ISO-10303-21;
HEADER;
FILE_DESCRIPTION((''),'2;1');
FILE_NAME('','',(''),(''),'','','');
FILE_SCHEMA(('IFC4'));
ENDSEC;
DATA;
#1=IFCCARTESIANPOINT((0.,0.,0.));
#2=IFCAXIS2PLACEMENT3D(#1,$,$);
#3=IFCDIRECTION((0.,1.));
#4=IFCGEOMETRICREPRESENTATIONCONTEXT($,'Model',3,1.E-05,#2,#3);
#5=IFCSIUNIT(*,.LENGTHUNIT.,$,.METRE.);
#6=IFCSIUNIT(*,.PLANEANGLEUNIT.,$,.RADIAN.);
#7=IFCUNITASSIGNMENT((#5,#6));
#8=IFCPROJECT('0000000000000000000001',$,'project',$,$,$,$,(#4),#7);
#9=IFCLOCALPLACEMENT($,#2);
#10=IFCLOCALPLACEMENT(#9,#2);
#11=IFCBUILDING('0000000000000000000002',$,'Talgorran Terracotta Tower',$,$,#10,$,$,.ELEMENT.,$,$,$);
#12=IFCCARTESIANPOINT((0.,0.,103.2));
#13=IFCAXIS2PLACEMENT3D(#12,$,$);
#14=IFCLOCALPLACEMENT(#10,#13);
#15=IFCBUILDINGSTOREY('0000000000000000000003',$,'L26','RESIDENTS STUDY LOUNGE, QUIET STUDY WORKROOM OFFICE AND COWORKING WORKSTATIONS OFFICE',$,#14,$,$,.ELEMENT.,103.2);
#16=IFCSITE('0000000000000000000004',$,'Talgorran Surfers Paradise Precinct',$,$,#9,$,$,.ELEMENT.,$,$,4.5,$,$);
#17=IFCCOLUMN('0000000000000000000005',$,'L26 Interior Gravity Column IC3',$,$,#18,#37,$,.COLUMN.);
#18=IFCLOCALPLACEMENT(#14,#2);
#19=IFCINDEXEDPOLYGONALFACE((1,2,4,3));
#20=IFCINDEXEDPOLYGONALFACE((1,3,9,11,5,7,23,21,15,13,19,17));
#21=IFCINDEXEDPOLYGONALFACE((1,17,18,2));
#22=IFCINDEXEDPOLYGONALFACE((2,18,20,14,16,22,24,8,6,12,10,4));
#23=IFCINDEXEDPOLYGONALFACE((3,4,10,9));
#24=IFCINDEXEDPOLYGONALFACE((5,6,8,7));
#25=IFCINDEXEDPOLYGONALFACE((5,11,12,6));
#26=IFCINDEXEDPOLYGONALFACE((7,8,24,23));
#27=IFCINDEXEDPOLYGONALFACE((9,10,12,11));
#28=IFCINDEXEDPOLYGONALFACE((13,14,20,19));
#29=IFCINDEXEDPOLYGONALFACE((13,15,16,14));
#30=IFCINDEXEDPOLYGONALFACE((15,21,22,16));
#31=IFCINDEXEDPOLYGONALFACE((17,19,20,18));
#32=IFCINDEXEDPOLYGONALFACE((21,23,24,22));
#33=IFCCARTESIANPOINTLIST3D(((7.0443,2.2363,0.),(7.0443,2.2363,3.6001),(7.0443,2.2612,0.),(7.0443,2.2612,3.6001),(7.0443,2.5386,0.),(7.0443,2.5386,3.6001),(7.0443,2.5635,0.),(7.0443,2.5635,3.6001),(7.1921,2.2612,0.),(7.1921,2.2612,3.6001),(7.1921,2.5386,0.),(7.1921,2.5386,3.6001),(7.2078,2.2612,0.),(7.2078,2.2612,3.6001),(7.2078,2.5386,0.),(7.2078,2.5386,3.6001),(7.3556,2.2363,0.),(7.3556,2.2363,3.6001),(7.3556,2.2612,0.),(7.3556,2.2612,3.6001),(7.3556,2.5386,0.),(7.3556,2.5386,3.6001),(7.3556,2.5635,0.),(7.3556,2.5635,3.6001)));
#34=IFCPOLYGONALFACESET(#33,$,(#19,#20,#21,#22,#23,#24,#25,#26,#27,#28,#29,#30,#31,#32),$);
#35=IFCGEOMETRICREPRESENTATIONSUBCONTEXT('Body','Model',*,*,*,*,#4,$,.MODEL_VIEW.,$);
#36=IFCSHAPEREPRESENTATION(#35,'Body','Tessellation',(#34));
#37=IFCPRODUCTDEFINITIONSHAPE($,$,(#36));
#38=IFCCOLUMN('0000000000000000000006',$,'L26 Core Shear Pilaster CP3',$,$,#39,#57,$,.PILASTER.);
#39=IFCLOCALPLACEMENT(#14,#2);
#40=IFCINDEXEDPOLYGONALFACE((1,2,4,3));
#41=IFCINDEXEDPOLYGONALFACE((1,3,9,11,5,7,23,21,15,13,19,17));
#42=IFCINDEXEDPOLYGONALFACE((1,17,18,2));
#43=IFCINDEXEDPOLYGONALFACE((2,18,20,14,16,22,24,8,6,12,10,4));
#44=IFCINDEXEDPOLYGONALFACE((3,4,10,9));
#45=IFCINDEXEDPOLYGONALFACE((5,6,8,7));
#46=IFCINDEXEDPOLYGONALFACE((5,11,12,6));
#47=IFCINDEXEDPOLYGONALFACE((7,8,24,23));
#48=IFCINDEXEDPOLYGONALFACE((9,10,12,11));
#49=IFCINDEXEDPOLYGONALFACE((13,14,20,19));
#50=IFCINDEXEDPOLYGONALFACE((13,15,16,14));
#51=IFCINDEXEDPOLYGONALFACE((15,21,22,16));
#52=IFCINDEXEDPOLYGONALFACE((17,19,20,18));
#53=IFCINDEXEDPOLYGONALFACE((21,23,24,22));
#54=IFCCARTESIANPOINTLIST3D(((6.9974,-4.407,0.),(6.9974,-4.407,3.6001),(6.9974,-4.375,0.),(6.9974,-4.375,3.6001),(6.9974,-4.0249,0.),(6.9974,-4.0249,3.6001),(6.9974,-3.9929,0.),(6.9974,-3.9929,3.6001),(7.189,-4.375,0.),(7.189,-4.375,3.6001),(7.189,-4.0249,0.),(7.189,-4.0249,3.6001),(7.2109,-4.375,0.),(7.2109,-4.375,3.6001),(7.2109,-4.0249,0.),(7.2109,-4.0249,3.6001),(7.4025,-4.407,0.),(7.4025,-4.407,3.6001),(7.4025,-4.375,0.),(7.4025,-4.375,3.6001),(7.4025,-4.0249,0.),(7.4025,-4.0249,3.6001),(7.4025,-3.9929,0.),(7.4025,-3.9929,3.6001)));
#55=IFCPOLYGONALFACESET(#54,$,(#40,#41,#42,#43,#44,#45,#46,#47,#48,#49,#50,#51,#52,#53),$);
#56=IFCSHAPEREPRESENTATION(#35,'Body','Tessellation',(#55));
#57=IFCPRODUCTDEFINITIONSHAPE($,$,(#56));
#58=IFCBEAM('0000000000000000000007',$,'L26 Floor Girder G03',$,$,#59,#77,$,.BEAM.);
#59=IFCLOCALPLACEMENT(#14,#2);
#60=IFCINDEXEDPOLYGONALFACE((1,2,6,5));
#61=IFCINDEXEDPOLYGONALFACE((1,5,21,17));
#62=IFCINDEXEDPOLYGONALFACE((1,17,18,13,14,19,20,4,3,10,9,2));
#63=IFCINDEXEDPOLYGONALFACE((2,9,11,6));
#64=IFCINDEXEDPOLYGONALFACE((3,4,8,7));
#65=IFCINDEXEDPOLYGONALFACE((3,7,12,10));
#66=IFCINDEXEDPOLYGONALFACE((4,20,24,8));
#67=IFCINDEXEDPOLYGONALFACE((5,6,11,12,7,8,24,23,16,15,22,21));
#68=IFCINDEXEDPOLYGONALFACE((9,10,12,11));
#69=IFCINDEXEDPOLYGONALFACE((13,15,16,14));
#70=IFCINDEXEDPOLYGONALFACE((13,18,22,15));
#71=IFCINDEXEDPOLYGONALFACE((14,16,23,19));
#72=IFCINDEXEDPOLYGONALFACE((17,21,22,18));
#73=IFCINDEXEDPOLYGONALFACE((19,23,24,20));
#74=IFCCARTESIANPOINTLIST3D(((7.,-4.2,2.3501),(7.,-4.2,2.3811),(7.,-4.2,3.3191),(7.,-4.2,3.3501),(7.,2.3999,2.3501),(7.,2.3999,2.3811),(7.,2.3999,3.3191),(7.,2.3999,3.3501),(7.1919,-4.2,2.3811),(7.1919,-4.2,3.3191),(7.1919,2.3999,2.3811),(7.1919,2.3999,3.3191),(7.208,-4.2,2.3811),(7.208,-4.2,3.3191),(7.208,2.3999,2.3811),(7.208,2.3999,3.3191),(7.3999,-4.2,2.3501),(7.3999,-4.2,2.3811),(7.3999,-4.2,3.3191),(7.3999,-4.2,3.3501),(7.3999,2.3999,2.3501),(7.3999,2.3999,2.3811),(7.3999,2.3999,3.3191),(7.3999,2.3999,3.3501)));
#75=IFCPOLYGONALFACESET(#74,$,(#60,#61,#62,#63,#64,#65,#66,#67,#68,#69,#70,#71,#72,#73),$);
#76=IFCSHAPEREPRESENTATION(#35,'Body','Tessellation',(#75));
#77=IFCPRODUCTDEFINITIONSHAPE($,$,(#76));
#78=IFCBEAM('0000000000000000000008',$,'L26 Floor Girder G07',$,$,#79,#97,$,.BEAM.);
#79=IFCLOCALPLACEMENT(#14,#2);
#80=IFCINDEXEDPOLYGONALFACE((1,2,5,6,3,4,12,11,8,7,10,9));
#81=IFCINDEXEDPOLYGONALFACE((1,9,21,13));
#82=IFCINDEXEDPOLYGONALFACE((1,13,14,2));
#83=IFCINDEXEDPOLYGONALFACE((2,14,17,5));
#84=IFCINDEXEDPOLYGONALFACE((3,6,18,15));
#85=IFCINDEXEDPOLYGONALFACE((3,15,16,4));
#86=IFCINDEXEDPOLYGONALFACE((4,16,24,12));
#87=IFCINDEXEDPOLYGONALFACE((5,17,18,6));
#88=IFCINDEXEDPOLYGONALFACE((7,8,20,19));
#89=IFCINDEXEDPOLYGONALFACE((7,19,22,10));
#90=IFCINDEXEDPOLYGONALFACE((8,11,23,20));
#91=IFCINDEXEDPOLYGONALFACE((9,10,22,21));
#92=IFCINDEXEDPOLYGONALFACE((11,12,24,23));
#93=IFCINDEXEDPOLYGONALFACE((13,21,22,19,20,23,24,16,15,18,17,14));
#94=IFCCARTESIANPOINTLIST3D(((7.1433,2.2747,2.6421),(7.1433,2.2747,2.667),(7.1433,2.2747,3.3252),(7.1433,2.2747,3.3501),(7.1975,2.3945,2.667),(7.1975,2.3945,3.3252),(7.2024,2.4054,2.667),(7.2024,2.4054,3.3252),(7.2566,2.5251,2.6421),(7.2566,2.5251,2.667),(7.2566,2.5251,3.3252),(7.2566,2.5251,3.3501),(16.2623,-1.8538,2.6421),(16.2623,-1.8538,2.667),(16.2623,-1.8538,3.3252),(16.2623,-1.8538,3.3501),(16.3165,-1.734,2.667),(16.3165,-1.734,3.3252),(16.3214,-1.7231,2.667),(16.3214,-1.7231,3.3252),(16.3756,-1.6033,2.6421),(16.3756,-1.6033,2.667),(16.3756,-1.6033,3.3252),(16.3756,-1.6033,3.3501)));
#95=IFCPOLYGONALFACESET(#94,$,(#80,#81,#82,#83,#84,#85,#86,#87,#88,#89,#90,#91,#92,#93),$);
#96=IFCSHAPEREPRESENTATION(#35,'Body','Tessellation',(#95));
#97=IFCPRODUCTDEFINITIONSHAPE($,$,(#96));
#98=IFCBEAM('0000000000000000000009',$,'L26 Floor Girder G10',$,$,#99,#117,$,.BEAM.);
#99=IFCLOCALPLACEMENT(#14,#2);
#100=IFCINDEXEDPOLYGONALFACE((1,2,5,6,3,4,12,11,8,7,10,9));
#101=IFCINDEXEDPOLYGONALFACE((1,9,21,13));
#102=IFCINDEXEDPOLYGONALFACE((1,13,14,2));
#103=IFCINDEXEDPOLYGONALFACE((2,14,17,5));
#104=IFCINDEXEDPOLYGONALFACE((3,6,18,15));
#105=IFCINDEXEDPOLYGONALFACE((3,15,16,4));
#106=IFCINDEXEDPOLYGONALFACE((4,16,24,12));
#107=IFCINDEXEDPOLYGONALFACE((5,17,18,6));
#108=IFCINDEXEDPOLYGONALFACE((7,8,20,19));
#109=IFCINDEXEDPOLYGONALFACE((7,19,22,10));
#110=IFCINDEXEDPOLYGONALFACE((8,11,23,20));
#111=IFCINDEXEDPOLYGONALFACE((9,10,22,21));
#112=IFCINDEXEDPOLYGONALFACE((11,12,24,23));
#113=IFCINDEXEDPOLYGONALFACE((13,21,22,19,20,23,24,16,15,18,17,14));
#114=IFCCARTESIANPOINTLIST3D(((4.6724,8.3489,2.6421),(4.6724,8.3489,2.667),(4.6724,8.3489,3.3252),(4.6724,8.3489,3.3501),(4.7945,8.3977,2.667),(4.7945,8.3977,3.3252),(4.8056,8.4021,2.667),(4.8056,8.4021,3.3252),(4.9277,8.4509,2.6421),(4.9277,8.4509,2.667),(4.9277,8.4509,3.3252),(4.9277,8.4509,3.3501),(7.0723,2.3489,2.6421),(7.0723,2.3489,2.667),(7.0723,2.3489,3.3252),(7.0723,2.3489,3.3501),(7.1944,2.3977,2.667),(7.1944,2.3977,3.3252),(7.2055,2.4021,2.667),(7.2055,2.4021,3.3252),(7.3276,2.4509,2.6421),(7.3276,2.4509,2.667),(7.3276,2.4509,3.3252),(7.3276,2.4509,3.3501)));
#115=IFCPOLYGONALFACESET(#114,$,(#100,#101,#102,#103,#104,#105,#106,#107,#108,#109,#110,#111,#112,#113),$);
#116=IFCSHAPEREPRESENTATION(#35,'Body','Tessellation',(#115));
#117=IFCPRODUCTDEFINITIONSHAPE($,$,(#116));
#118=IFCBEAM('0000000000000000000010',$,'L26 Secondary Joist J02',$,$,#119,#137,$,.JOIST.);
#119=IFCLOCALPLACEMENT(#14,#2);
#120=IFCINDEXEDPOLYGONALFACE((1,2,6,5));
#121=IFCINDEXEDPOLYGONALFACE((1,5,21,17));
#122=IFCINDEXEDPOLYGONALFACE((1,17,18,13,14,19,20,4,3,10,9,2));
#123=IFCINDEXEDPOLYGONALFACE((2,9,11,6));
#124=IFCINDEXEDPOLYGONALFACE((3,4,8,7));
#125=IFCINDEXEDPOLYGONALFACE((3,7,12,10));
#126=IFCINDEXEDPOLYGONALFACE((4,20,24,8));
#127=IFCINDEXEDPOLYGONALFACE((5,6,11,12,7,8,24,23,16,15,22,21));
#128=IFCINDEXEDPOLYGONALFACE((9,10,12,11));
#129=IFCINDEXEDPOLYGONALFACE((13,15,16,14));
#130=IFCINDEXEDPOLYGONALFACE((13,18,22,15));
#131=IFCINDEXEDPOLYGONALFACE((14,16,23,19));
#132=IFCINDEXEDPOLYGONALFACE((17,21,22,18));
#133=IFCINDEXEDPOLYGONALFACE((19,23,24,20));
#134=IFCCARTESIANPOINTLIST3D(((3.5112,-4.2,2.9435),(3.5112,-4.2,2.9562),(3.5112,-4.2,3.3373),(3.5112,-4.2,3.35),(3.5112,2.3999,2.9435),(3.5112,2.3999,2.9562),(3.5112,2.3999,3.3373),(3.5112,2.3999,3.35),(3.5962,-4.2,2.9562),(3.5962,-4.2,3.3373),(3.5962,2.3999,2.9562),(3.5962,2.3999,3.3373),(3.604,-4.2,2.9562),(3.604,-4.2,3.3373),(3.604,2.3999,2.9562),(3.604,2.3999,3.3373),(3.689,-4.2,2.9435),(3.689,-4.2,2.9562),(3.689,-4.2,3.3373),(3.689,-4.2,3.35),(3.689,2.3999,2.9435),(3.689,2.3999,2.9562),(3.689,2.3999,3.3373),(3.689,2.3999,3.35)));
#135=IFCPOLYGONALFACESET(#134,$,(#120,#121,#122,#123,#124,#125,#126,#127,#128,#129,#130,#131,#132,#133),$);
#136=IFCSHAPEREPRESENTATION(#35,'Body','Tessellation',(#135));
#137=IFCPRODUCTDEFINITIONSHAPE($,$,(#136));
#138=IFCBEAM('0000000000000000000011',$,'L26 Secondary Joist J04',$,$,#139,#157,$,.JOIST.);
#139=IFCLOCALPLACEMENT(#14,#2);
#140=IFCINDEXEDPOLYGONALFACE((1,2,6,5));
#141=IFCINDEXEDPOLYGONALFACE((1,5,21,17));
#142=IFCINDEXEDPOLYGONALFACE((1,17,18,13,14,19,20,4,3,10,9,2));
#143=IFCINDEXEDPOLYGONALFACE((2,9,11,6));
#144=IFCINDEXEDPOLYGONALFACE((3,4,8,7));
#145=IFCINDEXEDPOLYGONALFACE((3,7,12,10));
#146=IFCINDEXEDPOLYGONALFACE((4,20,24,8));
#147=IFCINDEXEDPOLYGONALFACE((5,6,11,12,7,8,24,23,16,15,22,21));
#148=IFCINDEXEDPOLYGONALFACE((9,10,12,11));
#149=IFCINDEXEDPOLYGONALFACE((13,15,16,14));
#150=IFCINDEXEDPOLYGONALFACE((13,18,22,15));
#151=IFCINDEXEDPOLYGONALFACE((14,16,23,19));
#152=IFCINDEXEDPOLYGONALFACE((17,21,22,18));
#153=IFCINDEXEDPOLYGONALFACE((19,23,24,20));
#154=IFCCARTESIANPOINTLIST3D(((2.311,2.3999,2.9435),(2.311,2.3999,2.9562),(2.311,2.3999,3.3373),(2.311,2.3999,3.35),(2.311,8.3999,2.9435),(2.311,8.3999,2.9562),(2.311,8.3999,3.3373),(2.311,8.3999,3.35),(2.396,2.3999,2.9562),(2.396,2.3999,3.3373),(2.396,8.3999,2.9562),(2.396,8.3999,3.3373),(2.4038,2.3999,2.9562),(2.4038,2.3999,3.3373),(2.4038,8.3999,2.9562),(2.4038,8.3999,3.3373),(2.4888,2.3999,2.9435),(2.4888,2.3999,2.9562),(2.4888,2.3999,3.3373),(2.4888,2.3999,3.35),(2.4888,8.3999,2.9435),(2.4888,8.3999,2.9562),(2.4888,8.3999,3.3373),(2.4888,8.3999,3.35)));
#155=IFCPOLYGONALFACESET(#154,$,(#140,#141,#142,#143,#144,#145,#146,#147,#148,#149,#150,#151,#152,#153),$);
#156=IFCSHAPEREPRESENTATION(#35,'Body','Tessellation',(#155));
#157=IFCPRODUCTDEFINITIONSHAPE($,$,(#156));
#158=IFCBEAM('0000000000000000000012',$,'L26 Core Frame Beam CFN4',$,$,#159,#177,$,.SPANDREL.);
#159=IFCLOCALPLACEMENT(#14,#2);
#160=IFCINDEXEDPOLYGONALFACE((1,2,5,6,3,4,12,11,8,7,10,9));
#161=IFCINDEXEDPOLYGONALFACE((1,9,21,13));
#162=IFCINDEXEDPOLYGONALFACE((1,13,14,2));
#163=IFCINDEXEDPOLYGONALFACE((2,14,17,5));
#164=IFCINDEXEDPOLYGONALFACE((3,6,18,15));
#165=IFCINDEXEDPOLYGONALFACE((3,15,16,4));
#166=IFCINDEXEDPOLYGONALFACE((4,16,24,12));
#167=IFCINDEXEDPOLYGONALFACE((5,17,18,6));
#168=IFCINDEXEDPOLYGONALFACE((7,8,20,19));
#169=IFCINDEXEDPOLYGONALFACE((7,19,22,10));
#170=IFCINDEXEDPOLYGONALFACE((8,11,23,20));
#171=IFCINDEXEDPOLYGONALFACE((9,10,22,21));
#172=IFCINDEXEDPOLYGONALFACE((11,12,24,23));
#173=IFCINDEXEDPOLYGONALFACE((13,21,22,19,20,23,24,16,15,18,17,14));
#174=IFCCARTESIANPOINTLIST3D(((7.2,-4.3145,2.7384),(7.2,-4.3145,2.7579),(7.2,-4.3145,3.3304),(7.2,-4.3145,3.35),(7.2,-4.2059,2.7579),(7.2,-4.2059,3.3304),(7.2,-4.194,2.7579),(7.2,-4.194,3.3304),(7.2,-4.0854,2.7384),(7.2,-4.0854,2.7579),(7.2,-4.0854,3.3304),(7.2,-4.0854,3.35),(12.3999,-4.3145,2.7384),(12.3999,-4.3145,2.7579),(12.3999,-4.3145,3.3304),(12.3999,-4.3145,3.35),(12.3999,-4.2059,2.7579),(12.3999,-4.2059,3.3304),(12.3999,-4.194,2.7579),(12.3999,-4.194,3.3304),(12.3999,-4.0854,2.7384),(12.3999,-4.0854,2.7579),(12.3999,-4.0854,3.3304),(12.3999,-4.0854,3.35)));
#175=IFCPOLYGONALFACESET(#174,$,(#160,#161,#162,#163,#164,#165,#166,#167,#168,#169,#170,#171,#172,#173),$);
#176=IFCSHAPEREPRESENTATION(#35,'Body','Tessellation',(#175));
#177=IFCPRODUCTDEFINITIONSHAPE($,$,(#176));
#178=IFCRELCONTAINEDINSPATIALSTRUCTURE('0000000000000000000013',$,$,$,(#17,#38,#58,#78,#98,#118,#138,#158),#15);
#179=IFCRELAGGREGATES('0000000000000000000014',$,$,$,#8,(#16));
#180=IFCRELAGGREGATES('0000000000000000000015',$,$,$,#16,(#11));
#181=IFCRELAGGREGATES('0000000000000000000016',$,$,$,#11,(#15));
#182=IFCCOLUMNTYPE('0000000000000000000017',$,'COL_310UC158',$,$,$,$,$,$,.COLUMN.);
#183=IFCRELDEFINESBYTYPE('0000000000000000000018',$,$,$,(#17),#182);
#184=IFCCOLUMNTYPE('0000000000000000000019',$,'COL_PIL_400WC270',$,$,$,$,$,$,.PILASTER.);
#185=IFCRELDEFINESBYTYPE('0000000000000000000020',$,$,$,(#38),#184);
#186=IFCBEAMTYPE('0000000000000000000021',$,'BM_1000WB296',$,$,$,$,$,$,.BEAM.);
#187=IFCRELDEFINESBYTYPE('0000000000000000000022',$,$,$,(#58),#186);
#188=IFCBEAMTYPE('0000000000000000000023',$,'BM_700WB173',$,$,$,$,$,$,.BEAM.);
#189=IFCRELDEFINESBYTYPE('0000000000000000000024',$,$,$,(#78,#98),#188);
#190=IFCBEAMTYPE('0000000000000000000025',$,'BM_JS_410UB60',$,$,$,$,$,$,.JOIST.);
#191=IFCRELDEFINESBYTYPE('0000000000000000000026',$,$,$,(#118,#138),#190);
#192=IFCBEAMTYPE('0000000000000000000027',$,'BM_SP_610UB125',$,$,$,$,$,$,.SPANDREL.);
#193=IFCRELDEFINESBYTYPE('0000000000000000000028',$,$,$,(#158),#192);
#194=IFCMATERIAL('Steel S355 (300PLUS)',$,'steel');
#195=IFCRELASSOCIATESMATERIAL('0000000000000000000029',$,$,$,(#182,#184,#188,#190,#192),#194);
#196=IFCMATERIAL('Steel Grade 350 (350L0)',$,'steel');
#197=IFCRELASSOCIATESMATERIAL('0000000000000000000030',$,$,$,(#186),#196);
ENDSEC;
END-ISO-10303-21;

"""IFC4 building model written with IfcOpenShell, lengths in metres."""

from ifc_helpers import new_model, si_unit, direction, frame, origin, origin_2d, place, context, subcontext, project, spatial, i_section, extrude, material, material_profile, profile_set, type_object, element, save


model = new_model("IFC4")

# Units and contexts
model_context = context("Model", 3, precision=1e-05, world=origin(), true_north=direction((0.0, 1.0)))
body_context = subcontext(model_context, "Body", "Model", "MODEL_VIEW")
ifc_project = project(units=[si_unit("LENGTHUNIT", "METRE"), si_unit("PLANEANGLEUNIT", "RADIAN")], contexts=[model_context])

# Site, building, storey
site_placement = place(None, origin())
site = spatial("IfcSite", under=ifc_project, at=site_placement, Name="Talgorran Surfers Paradise Precinct", CompositionType="ELEMENT", RefElevation=4.5)
building_placement = place(site_placement, origin())
building = spatial("IfcBuilding", under=site, at=building_placement, Name="Talgorran Terracotta Tower", CompositionType="ELEMENT")
storey_placement = place(building_placement, frame((0.0, 0.0, 103.2)))
storey = spatial("IfcBuildingStorey", under=building, at=storey_placement, Name="L26", Description="RESIDENTS STUDY LOUNGE, QUIET STUDY WORKROOM OFFICE AND COWORKING WORKSTATIONS OFFICE", CompositionType="ELEMENT", Elevation=103.2)

# Columns
ifc_material_1 = material(Name="Steel S355 (300PLUS)", Category="steel")
ifc_material_profile_1 = material_profile(ifc_material_1, i_section(OverallWidth=0.3113, OverallDepth=0.3271, WebThickness=0.0156, FlangeThickness=0.0249, at=origin_2d()), Name="310UC158")
ifc_profile_set_1 = profile_set([ifc_material_profile_1], Name="Steel S355 (300PLUS)")
column_type_1 = type_object("IfcColumnType", Name="COL_310UC158", PredefinedType="COLUMN", material=ifc_profile_set_1)
column_1_placement = place(storey_placement, frame((7.2, 2.3999, 0.0), z_axis=(0.0, 0.0, 1.0), x_axis=(1.0, 0.0, 0.0)))
element("IfcColumn", 1, at=column_1_placement, inside=storey, type_object=column_type_1, Name="L26 Interior Gravity Column IC3", PredefinedType="COLUMN", context=body_context, shape_type="SweptSolid", body=[
    extrude(i_section(OverallWidth=0.3113, OverallDepth=0.3271, WebThickness=0.0156, FlangeThickness=0.0249, at=origin_2d()), origin(), (0.0, 0.0, 1.0), 3.6001),
])
ifc_material_profile_2 = material_profile(ifc_material_1, i_section(OverallWidth=0.405, OverallDepth=0.4141, WebThickness=0.022, FlangeThickness=0.032, at=origin_2d()), Name="400WC270")
ifc_profile_set_2 = profile_set([ifc_material_profile_2], Name="Steel S355 (300PLUS)")
column_type_2 = type_object("IfcColumnType", Name="COL_PIL_400WC270", PredefinedType="PILASTER", material=ifc_profile_set_2)
column_2_placement = place(storey_placement, frame((7.2, -4.2, 0.0), z_axis=(0.0, 0.0, 1.0), x_axis=(1.0, 0.0, 0.0)))
element("IfcColumn", 2, at=column_2_placement, inside=storey, type_object=column_type_2, Name="L26 Core Shear Pilaster CP3", PredefinedType="PILASTER", context=body_context, shape_type="SweptSolid", body=[
    extrude(i_section(OverallWidth=0.405, OverallDepth=0.4141, WebThickness=0.022, FlangeThickness=0.032, at=origin_2d()), origin(), (0.0, 0.0, 1.0), 3.6001),
])

# Beams
ifc_material_2 = material(Name="Steel Grade 350 (350L0)", Category="steel")
ifc_material_profile_3 = material_profile(ifc_material_2, i_section(OverallWidth=0.3999, OverallDepth=1.0, WebThickness=0.0161, FlangeThickness=0.031, at=origin_2d()), Name="1000WB296")
ifc_profile_set_3 = profile_set([ifc_material_profile_3], Name="Steel Grade 350 (350L0)")
beam_type_1 = type_object("IfcBeamType", Name="BM_1000WB296", PredefinedType="BEAM", material=ifc_profile_set_3)
beam_1_placement = place(storey_placement, frame((7.2, -4.2, 2.8501), z_axis=(0.0, 1.0, 0.0), x_axis=(-1.0, 0.0, 0.0)))
element("IfcBeam", 3, at=beam_1_placement, inside=storey, type_object=beam_type_1, Name="L26 Floor Girder G03", PredefinedType="BEAM", context=body_context, shape_type="SweptSolid", body=[
    extrude(i_section(OverallWidth=0.3999, OverallDepth=1.0, WebThickness=0.0161, FlangeThickness=0.031, at=origin_2d()), origin(), (0.0, 0.0, 1.0), 6.5999),
])
ifc_material_profile_4 = material_profile(ifc_material_1, i_section(OverallWidth=0.2749, OverallDepth=0.708, WebThickness=0.012, FlangeThickness=0.0249, at=origin_2d()), Name="700WB173")
ifc_profile_set_4 = profile_set([ifc_material_profile_4], Name="Steel S355 (300PLUS)")
beam_type_2 = type_object("IfcBeamType", Name="BM_700WB173", PredefinedType="BEAM", material=ifc_profile_set_4)
beam_2_placement = place(storey_placement, frame((7.2, 2.3999, 2.9961), z_axis=(0.910988, -0.412433, 0.0), x_axis=(0.412433, 0.910988, 0.0)))
element("IfcBeam", 4, at=beam_2_placement, inside=storey, type_object=beam_type_2, Name="L26 Floor Girder G07", PredefinedType="BEAM", context=body_context, shape_type="SweptSolid", body=[
    extrude(i_section(OverallWidth=0.2749, OverallDepth=0.708, WebThickness=0.012, FlangeThickness=0.0249, at=origin_2d()), origin(), (0.0, 0.0, 1.0), 10.01),
])
beam_3_placement = place(storey_placement, frame((7.2, 2.3999, 2.9961), z_axis=(-0.371378, 0.928482, 0.0), x_axis=(-0.928482, -0.371378, 0.0)))
element("IfcBeam", 5, at=beam_3_placement, inside=storey, type_object=beam_type_2, Name="L26 Floor Girder G10", PredefinedType="BEAM", context=body_context, shape_type="SweptSolid", body=[
    extrude(i_section(OverallWidth=0.2749, OverallDepth=0.708, WebThickness=0.012, FlangeThickness=0.0249, at=origin_2d()), origin(), (0.0, 0.0, 1.0), 6.4622),
])
ifc_material_profile_5 = material_profile(ifc_material_1, i_section(OverallWidth=0.1777, OverallDepth=0.4065, WebThickness=0.0078, FlangeThickness=0.0127, at=origin_2d()), Name="410UB59.7")
ifc_profile_set_5 = profile_set([ifc_material_profile_5], Name="Steel S355 (300PLUS)")
beam_type_3 = type_object("IfcBeamType", Name="BM_JS_410UB60", PredefinedType="JOIST", material=ifc_profile_set_5)
beam_4_placement = place(storey_placement, frame((3.6001, -4.2, 3.1467), z_axis=(0.0, 1.0, 0.0), x_axis=(-1.0, 0.0, 0.0)))
element("IfcBeam", 6, at=beam_4_placement, inside=storey, type_object=beam_type_3, Name="L26 Secondary Joist J02", PredefinedType="JOIST", context=body_context, shape_type="SweptSolid", body=[
    extrude(i_section(OverallWidth=0.1777, OverallDepth=0.4065, WebThickness=0.0078, FlangeThickness=0.0127, at=origin_2d()), origin(), (0.0, 0.0, 1.0), 6.5999),
])
beam_5_placement = place(storey_placement, frame((2.3999, 2.3999, 3.1467), z_axis=(0.0, 1.0, 0.0), x_axis=(-1.0, 0.0, 0.0)))
element("IfcBeam", 7, at=beam_5_placement, inside=storey, type_object=beam_type_3, Name="L26 Secondary Joist J04", PredefinedType="JOIST", context=body_context, shape_type="SweptSolid", body=[
    extrude(i_section(OverallWidth=0.1777, OverallDepth=0.4065, WebThickness=0.0078, FlangeThickness=0.0127, at=origin_2d()), origin(), (0.0, 0.0, 1.0), 6.0),
])
ifc_material_profile_6 = material_profile(ifc_material_1, i_section(OverallWidth=0.229, OverallDepth=0.6116, WebThickness=0.012, FlangeThickness=0.0195, at=origin_2d()), Name="610UB125")
ifc_profile_set_6 = profile_set([ifc_material_profile_6], Name="Steel S355 (300PLUS)")
beam_type_4 = type_object("IfcBeamType", Name="BM_SP_610UB125", PredefinedType="SPANDREL", material=ifc_profile_set_6)
beam_6_placement = place(storey_placement, frame((7.2, -4.2, 3.0442), z_axis=(1.0, 0.0, 0.0), x_axis=(0.0, 1.0, 0.0)))
element("IfcBeam", 8, at=beam_6_placement, inside=storey, type_object=beam_type_4, Name="L26 Core Frame Beam CFN4", PredefinedType="SPANDREL", context=body_context, shape_type="SweptSolid", body=[
    extrude(i_section(OverallWidth=0.229, OverallDepth=0.6116, WebThickness=0.012, FlangeThickness=0.0195, at=origin_2d()), origin(), (0.0, 0.0, 1.0), 5.2),
])

save(model, "model.ifc")
